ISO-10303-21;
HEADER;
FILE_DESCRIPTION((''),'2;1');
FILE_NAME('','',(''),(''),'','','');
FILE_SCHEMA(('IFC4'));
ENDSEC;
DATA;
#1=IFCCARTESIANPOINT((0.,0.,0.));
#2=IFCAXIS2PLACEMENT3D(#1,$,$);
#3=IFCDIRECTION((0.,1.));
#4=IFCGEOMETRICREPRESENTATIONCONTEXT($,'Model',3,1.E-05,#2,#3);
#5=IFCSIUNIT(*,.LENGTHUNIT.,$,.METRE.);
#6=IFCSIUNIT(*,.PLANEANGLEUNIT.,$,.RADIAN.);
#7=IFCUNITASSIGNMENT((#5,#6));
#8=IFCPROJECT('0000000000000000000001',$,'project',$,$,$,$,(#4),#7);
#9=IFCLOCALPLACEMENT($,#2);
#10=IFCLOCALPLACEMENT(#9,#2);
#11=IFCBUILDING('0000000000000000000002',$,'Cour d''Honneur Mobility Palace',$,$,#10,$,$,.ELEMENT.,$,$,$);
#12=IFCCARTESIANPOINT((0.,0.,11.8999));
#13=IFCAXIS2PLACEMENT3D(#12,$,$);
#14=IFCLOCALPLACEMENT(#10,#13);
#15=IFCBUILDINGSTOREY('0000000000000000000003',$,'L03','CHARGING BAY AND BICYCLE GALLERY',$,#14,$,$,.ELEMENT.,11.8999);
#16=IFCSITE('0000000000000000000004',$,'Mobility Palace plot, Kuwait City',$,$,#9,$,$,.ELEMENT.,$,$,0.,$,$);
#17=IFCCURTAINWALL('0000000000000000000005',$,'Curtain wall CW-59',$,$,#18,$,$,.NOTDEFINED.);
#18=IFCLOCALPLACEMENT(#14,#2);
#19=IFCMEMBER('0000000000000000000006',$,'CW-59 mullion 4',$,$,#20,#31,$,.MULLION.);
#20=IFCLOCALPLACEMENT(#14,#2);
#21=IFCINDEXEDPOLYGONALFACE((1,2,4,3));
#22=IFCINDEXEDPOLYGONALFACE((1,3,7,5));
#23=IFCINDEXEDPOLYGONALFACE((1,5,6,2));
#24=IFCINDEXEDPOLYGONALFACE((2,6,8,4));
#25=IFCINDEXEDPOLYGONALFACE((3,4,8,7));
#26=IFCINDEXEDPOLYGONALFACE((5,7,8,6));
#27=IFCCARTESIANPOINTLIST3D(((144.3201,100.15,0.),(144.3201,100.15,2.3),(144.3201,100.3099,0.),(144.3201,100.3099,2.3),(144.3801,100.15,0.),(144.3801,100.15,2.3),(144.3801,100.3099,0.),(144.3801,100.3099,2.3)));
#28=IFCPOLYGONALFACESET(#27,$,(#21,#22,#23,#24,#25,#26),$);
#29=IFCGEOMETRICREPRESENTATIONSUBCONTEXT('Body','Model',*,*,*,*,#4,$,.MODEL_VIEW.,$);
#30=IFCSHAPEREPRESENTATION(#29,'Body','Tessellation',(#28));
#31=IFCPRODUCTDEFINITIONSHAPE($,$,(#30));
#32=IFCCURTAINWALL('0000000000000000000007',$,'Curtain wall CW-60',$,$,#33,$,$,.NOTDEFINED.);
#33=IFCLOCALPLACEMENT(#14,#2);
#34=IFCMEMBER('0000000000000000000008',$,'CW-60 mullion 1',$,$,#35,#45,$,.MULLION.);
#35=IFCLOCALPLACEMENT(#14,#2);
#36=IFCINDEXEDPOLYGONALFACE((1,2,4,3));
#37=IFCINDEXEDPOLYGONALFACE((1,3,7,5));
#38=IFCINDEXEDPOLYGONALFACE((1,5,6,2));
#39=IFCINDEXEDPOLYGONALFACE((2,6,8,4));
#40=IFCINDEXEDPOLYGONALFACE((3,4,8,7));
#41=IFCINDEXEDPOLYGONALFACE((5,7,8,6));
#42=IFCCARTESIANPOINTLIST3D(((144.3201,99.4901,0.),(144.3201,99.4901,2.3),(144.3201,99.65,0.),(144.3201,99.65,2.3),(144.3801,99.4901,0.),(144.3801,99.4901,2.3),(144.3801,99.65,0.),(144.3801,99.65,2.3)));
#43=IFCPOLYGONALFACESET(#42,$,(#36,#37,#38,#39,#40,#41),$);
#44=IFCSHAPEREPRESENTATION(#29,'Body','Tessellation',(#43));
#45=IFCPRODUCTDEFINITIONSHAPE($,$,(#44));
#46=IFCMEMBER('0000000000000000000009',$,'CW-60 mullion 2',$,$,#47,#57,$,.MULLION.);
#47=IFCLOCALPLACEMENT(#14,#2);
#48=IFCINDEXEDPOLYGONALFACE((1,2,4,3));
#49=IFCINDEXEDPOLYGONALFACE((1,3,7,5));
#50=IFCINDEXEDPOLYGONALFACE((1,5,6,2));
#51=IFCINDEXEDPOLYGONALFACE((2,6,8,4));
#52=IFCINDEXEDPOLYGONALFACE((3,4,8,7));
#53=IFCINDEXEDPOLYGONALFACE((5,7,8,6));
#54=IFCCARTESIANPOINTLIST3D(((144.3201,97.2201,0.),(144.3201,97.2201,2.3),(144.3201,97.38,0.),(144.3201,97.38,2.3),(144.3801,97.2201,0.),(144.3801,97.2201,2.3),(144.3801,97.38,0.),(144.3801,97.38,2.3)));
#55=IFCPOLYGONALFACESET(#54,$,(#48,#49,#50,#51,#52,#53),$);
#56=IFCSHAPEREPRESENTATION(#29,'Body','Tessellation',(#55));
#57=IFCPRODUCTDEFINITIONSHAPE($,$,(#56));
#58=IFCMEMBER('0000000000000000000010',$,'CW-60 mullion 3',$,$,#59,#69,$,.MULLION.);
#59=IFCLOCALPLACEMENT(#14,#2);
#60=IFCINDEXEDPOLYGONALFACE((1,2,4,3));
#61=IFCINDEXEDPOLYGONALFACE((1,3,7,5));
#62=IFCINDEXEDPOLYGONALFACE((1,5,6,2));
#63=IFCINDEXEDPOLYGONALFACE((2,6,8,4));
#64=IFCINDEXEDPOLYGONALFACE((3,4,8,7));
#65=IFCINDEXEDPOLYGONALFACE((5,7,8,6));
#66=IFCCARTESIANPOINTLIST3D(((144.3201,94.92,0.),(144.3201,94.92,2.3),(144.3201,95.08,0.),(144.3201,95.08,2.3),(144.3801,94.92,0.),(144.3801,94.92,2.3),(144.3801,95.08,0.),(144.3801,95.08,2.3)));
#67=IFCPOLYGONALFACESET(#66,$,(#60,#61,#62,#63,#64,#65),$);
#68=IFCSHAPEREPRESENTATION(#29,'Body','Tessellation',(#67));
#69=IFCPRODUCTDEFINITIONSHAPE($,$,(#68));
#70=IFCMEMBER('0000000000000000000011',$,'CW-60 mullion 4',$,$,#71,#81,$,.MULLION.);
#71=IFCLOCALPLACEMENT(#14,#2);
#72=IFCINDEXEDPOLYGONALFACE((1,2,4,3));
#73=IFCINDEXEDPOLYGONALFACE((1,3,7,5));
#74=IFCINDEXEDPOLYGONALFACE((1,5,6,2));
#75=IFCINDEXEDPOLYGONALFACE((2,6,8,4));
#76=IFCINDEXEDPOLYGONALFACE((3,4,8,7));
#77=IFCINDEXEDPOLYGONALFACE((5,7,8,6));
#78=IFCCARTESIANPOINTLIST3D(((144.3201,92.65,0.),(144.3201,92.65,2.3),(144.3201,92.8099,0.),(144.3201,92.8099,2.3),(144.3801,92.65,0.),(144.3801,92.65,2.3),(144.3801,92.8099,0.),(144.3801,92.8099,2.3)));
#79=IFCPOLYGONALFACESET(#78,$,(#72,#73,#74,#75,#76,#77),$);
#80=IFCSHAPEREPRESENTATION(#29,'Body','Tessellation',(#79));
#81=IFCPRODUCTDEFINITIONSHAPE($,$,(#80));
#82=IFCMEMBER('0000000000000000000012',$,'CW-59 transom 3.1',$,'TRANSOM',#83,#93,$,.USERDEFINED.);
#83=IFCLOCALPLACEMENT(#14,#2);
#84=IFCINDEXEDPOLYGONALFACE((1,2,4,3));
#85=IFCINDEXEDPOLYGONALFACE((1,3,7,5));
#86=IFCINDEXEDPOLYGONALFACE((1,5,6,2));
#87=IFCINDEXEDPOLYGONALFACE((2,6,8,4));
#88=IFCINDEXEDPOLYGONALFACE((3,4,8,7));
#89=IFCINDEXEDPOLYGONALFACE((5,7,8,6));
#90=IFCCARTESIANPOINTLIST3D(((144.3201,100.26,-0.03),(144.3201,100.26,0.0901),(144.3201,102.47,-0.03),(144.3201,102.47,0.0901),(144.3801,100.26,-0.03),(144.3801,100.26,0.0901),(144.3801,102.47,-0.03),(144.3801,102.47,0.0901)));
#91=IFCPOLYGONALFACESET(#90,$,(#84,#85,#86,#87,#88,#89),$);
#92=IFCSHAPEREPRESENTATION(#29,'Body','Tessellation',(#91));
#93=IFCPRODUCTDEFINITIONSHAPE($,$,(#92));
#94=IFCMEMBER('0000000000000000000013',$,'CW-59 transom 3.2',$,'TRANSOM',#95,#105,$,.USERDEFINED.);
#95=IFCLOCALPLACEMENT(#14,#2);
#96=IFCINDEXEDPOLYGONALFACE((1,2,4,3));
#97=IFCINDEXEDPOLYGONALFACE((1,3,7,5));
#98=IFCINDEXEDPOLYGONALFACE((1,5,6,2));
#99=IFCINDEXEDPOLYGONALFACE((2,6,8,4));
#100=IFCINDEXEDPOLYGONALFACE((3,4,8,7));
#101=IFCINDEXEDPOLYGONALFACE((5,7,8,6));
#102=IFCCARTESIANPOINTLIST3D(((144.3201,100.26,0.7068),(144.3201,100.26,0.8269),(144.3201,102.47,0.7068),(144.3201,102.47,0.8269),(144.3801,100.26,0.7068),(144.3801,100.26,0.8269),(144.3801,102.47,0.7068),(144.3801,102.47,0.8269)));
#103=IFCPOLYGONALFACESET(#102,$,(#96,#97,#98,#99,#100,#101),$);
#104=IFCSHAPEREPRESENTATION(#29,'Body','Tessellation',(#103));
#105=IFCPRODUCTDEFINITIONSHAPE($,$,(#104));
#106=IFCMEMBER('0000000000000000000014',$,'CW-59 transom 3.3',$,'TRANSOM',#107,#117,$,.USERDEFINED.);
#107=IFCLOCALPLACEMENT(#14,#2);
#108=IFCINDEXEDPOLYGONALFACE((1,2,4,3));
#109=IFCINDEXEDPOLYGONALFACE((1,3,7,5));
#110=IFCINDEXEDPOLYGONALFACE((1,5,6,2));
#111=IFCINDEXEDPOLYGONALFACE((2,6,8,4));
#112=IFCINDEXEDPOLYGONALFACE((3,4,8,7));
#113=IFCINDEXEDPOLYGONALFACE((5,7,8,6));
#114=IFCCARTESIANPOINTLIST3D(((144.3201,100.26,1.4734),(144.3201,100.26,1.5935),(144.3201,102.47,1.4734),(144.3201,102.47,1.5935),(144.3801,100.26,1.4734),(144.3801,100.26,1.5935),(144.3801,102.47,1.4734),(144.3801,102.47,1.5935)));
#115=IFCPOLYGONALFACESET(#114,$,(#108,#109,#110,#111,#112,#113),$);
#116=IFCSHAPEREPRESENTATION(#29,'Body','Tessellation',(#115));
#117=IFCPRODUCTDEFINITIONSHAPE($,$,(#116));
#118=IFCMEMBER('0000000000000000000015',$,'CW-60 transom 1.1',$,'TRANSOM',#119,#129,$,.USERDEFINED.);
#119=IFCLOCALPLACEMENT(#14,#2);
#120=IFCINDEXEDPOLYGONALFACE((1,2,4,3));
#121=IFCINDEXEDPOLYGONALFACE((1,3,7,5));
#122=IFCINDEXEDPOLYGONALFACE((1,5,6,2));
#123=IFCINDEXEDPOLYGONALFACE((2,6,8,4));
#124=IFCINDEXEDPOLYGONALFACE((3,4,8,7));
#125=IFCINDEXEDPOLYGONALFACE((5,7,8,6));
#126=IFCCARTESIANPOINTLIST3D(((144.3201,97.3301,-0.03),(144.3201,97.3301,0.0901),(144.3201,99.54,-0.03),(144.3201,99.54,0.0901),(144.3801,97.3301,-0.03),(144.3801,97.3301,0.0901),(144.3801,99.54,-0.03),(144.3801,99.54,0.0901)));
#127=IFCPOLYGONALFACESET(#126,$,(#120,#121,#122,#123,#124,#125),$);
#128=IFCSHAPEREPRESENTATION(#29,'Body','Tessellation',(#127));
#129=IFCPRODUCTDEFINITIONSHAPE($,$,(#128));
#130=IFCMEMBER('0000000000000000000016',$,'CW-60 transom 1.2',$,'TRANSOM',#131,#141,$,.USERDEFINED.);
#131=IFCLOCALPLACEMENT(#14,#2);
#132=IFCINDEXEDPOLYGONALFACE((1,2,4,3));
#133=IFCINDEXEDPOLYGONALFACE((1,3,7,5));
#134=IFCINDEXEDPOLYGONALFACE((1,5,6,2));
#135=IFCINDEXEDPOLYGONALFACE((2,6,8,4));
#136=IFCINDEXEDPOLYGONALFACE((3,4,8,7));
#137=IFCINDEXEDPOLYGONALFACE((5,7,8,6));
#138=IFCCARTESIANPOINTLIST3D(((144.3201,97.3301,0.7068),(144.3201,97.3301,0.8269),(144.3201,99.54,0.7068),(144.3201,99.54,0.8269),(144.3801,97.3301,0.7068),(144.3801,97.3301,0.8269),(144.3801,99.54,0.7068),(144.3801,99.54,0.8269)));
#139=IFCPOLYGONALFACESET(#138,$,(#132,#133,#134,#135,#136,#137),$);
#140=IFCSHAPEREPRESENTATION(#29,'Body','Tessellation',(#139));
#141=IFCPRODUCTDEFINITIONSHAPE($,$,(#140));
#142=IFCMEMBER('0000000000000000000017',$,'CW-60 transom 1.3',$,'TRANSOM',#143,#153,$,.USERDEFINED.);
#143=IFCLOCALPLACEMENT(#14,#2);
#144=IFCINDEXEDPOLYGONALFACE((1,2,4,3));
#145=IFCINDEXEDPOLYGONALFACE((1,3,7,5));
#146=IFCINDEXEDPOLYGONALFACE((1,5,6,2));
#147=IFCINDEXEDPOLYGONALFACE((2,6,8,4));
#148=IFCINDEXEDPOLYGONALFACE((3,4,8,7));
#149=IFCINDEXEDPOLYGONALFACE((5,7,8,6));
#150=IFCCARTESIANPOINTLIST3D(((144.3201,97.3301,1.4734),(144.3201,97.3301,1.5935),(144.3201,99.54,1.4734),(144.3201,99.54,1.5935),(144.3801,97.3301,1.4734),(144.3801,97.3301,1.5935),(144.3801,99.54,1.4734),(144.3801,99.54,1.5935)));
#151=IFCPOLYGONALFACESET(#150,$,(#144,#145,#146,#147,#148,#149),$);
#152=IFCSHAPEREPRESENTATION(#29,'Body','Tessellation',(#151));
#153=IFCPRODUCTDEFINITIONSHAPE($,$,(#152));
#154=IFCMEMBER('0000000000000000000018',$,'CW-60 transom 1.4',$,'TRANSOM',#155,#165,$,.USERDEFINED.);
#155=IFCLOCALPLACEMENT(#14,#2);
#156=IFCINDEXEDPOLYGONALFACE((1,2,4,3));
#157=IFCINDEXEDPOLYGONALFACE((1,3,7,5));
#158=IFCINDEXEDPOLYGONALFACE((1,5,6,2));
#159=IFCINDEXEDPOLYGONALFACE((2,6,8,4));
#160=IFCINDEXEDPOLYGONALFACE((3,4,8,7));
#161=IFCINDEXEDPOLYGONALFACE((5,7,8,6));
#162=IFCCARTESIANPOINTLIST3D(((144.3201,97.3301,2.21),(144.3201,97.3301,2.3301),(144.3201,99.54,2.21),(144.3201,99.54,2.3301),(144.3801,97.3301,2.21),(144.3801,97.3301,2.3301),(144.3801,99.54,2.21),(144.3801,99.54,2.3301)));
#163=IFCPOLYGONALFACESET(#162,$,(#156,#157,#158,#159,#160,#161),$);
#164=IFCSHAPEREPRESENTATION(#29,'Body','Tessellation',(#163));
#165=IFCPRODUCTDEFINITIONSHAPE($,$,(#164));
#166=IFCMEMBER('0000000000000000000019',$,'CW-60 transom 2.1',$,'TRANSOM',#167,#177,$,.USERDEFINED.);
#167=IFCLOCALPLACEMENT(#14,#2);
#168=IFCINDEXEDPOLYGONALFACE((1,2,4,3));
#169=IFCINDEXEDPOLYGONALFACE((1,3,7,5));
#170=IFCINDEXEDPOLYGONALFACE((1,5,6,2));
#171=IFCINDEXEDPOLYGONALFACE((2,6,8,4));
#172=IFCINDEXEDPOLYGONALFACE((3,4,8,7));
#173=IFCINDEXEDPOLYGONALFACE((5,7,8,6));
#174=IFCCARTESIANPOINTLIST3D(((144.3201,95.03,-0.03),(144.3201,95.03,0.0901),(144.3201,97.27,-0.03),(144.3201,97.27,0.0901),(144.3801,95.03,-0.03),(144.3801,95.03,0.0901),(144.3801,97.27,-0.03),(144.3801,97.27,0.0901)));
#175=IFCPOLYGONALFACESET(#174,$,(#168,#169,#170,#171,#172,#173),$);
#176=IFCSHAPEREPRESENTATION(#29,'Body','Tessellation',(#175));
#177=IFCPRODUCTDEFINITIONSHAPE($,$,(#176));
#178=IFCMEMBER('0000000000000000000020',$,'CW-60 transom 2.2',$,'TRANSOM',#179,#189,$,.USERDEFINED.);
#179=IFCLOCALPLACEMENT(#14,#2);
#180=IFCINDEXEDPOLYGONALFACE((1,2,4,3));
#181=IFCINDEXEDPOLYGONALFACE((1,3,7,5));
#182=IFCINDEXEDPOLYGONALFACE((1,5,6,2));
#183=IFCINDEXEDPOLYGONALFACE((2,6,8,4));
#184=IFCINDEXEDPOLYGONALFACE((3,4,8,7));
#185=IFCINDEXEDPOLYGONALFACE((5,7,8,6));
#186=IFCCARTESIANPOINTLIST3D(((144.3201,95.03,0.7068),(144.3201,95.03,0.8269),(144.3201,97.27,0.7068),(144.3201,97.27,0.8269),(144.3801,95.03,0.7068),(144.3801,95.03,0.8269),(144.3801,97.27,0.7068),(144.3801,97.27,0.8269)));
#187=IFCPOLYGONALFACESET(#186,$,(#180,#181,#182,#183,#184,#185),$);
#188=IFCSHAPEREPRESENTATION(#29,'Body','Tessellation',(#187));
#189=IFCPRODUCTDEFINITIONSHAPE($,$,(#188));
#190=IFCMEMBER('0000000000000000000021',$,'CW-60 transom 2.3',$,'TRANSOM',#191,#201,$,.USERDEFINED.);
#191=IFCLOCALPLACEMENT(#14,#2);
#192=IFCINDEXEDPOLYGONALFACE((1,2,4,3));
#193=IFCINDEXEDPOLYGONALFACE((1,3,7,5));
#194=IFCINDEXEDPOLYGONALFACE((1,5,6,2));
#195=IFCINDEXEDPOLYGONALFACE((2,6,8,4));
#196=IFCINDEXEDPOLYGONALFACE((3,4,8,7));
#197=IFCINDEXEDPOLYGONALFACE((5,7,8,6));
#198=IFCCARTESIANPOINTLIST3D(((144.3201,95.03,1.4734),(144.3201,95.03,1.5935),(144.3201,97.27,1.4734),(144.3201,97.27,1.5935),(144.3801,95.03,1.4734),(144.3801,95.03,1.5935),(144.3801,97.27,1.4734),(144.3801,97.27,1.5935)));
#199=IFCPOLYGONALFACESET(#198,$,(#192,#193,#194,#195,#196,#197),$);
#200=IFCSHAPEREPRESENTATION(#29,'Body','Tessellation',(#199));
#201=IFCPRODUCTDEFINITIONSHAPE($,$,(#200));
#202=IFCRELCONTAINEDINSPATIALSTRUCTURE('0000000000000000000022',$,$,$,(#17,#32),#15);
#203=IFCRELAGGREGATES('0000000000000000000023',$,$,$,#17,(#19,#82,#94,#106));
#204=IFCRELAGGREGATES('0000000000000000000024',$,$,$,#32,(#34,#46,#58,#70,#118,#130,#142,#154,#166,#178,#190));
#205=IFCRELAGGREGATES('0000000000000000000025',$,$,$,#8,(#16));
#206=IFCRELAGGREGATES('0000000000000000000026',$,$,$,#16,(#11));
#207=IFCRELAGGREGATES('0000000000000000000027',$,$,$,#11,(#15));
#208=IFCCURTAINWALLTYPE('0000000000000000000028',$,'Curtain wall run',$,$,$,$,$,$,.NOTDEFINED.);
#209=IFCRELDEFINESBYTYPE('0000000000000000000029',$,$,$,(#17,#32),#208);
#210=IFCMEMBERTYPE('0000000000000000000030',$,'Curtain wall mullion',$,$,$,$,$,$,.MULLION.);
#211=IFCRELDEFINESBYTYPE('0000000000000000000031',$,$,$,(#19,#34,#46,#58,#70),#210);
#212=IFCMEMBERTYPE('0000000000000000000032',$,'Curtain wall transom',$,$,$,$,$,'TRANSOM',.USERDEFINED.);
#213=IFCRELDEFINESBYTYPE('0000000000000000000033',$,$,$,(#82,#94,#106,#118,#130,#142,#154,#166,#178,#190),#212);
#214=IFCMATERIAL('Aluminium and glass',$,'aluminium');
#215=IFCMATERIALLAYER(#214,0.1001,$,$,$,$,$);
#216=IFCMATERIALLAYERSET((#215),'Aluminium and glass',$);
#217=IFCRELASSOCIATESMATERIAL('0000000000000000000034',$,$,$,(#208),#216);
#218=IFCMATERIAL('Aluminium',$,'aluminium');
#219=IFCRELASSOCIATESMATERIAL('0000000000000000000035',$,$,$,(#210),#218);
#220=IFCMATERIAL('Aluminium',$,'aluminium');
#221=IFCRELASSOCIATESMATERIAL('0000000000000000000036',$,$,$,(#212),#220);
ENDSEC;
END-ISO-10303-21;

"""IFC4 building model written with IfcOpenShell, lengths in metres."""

from ifc_helpers import new_model, si_unit, direction, frame, origin, origin_2d, place, context, subcontext, project, spatial, rectangle, extrude, material, layer, layer_set, material_profile, profile_set, type_object, element, aggregate, save


model = new_model("IFC4")

# Units and contexts
model_context = context("Model", 3, precision=1e-05, world=origin(), true_north=direction((0.0, 1.0)))
body_context = subcontext(model_context, "Body", "Model", "MODEL_VIEW")
ifc_project = project(units=[si_unit("LENGTHUNIT", "METRE"), si_unit("PLANEANGLEUNIT", "RADIAN")], contexts=[model_context])

# Site, building, storey
site_placement = place(None, origin())
site = spatial("IfcSite", under=ifc_project, at=site_placement, Name="Mobility Palace plot, Kuwait City", CompositionType="ELEMENT", RefElevation=0.0)
building_placement = place(site_placement, origin())
building = spatial("IfcBuilding", under=site, at=building_placement, Name="Cour d'Honneur Mobility Palace", CompositionType="ELEMENT")
storey_placement = place(building_placement, frame((0.0, 0.0, 11.8999)))
storey = spatial("IfcBuildingStorey", under=building, at=storey_placement, Name="L03", Description="CHARGING BAY AND BICYCLE GALLERY", CompositionType="ELEMENT", Elevation=11.8999)

# Curtain wall, member
ifc_material_1 = material(Name="Aluminium and glass", Category="aluminium")
ifc_layer_1 = layer(ifc_material_1, 0.1001)
ifc_layer_set_1 = layer_set([ifc_layer_1], Name="Aluminium and glass")
curtain_wall_type = type_object("IfcCurtainWallType", Name="Curtain wall run", PredefinedType="NOTDEFINED", material=ifc_layer_set_1)
curtain_wall_1_placement = place(storey_placement, origin())
curtain_wall_1 = element("IfcCurtainWall", 1, at=curtain_wall_1_placement, inside=storey, type_object=curtain_wall_type, Name="Curtain wall CW-59", PredefinedType="NOTDEFINED")
ifc_material_2 = material(Name="Aluminium", Category="aluminium")
ifc_material_profile_1 = material_profile(ifc_material_2, rectangle(XDim=0.0601, YDim=0.1599, at=origin_2d()), Name="Curtain wall mullion")
ifc_profile_set_1 = profile_set([ifc_material_profile_1], Name="Aluminium")
member_type_1 = type_object("IfcMemberType", Name="Curtain wall mullion", PredefinedType="MULLION", material=ifc_profile_set_1)
member_1_placement = place(storey_placement, frame((144.3501, 100.23, 0.0), z_axis=(0.0, 0.0, 1.0), x_axis=(1.0, 0.0, 0.0)))
member_1 = element("IfcMember", 2, at=member_1_placement, type_object=member_type_1, Name="CW-59 mullion 4", PredefinedType="MULLION", context=body_context, shape_type="SweptSolid", body=[
    extrude(rectangle(XDim=0.0601, YDim=0.1599, at=origin_2d()), origin(), (0.0, 0.0, 1.0), 2.3),
])

# Curtain wall, members
curtain_wall_2_placement = place(storey_placement, origin())
curtain_wall_2 = element("IfcCurtainWall", 3, at=curtain_wall_2_placement, inside=storey, type_object=curtain_wall_type, Name="Curtain wall CW-60", PredefinedType="NOTDEFINED")
member_2_placement = place(storey_placement, frame((144.3501, 99.5701, 0.0), z_axis=(0.0, 0.0, 1.0), x_axis=(1.0, 0.0, 0.0)))
member_2 = element("IfcMember", 4, at=member_2_placement, type_object=member_type_1, Name="CW-60 mullion 1", PredefinedType="MULLION", context=body_context, shape_type="SweptSolid", body=[
    extrude(rectangle(XDim=0.0601, YDim=0.1599, at=origin_2d()), origin(), (0.0, 0.0, 1.0), 2.3),
])
member_3_placement = place(storey_placement, frame((144.3501, 97.3, 0.0), z_axis=(0.0, 0.0, 1.0), x_axis=(1.0, 0.0, 0.0)))
member_3 = element("IfcMember", 5, at=member_3_placement, type_object=member_type_1, Name="CW-60 mullion 2", PredefinedType="MULLION", context=body_context, shape_type="SweptSolid", body=[
    extrude(rectangle(XDim=0.0601, YDim=0.1599, at=origin_2d()), origin(), (0.0, 0.0, 1.0), 2.3),
])
member_4_placement = place(storey_placement, frame((144.3501, 95.0, 0.0), z_axis=(0.0, 0.0, 1.0), x_axis=(1.0, 0.0, 0.0)))
member_4 = element("IfcMember", 6, at=member_4_placement, type_object=member_type_1, Name="CW-60 mullion 3", PredefinedType="MULLION", context=body_context, shape_type="SweptSolid", body=[
    extrude(rectangle(XDim=0.0601, YDim=0.1599, at=origin_2d()), origin(), (0.0, 0.0, 1.0), 2.3),
])
member_5_placement = place(storey_placement, frame((144.3501, 92.73, 0.0), z_axis=(0.0, 0.0, 1.0), x_axis=(1.0, 0.0, 0.0)))
member_5 = element("IfcMember", 7, at=member_5_placement, type_object=member_type_1, Name="CW-60 mullion 4", PredefinedType="MULLION", context=body_context, shape_type="SweptSolid", body=[
    extrude(rectangle(XDim=0.0601, YDim=0.1599, at=origin_2d()), origin(), (0.0, 0.0, 1.0), 2.3),
])

# Members
ifc_material_3 = material(Name="Aluminium", Category="aluminium")
ifc_material_profile_2 = material_profile(ifc_material_3, rectangle(XDim=0.0601, YDim=0.1201, at=origin_2d()), Name="Curtain wall transom")
ifc_profile_set_2 = profile_set([ifc_material_profile_2], Name="Aluminium")
member_type_2 = type_object("IfcMemberType", Name="Curtain wall transom", ElementType="TRANSOM", PredefinedType="USERDEFINED", material=ifc_profile_set_2)
member_6_placement = place(storey_placement, frame((144.3501, 102.47, 0.03), z_axis=(0.0, -1.0, 0.0), x_axis=(1.0, 0.0, 0.0)))
member_6 = element("IfcMember", 8, at=member_6_placement, type_object=member_type_2, Name="CW-59 transom 3.1", ObjectType="TRANSOM", PredefinedType="USERDEFINED", context=body_context, shape_type="SweptSolid", body=[
    extrude(rectangle(XDim=0.0601, YDim=0.1201, at=origin_2d()), origin(), (0.0, 0.0, 1.0), 2.21),
])
member_7_placement = place(storey_placement, frame((144.3501, 102.47, 0.7668), z_axis=(0.0, -1.0, 0.0), x_axis=(1.0, 0.0, 0.0)))
member_7 = element("IfcMember", 9, at=member_7_placement, type_object=member_type_2, Name="CW-59 transom 3.2", ObjectType="TRANSOM", PredefinedType="USERDEFINED", context=body_context, shape_type="SweptSolid", body=[
    extrude(rectangle(XDim=0.0601, YDim=0.1201, at=origin_2d()), origin(), (0.0, 0.0, 1.0), 2.21),
])
member_8_placement = place(storey_placement, frame((144.3501, 102.47, 1.5334), z_axis=(0.0, -1.0, 0.0), x_axis=(1.0, 0.0, 0.0)))
member_8 = element("IfcMember", 10, at=member_8_placement, type_object=member_type_2, Name="CW-59 transom 3.3", ObjectType="TRANSOM", PredefinedType="USERDEFINED", context=body_context, shape_type="SweptSolid", body=[
    extrude(rectangle(XDim=0.0601, YDim=0.1201, at=origin_2d()), origin(), (0.0, 0.0, 1.0), 2.21),
])
member_9_placement = place(storey_placement, frame((144.3501, 99.54, 0.03), z_axis=(0.0, -1.0, 0.0), x_axis=(1.0, 0.0, 0.0)))
member_9 = element("IfcMember", 11, at=member_9_placement, type_object=member_type_2, Name="CW-60 transom 1.1", ObjectType="TRANSOM", PredefinedType="USERDEFINED", context=body_context, shape_type="SweptSolid", body=[
    extrude(rectangle(XDim=0.0601, YDim=0.1201, at=origin_2d()), origin(), (0.0, 0.0, 1.0), 2.21),
])
member_10_placement = place(storey_placement, frame((144.3501, 99.54, 0.7668), z_axis=(0.0, -1.0, 0.0), x_axis=(1.0, 0.0, 0.0)))
member_10 = element("IfcMember", 12, at=member_10_placement, type_object=member_type_2, Name="CW-60 transom 1.2", ObjectType="TRANSOM", PredefinedType="USERDEFINED", context=body_context, shape_type="SweptSolid", body=[
    extrude(rectangle(XDim=0.0601, YDim=0.1201, at=origin_2d()), origin(), (0.0, 0.0, 1.0), 2.21),
])
member_11_placement = place(storey_placement, frame((144.3501, 99.54, 1.5334), z_axis=(0.0, -1.0, 0.0), x_axis=(1.0, 0.0, 0.0)))
member_11 = element("IfcMember", 13, at=member_11_placement, type_object=member_type_2, Name="CW-60 transom 1.3", ObjectType="TRANSOM", PredefinedType="USERDEFINED", context=body_context, shape_type="SweptSolid", body=[
    extrude(rectangle(XDim=0.0601, YDim=0.1201, at=origin_2d()), origin(), (0.0, 0.0, 1.0), 2.21),
])
member_12_placement = place(storey_placement, frame((144.3501, 99.54, 2.27), z_axis=(0.0, -1.0, 0.0), x_axis=(1.0, 0.0, 0.0)))
member_12 = element("IfcMember", 14, at=member_12_placement, type_object=member_type_2, Name="CW-60 transom 1.4", ObjectType="TRANSOM", PredefinedType="USERDEFINED", context=body_context, shape_type="SweptSolid", body=[
    extrude(rectangle(XDim=0.0601, YDim=0.1201, at=origin_2d()), origin(), (0.0, 0.0, 1.0), 2.21),
])
member_13_placement = place(storey_placement, frame((144.3501, 97.27, 0.03), z_axis=(0.0, -1.0, 0.0), x_axis=(1.0, 0.0, 0.0)))
member_13 = element("IfcMember", 15, at=member_13_placement, type_object=member_type_2, Name="CW-60 transom 2.1", ObjectType="TRANSOM", PredefinedType="USERDEFINED", context=body_context, shape_type="SweptSolid", body=[
    extrude(rectangle(XDim=0.0601, YDim=0.1201, at=origin_2d()), origin(), (0.0, 0.0, 1.0), 2.24),
])
member_14_placement = place(storey_placement, frame((144.3501, 97.27, 0.7668), z_axis=(0.0, -1.0, 0.0), x_axis=(1.0, 0.0, 0.0)))
member_14 = element("IfcMember", 16, at=member_14_placement, type_object=member_type_2, Name="CW-60 transom 2.2", ObjectType="TRANSOM", PredefinedType="USERDEFINED", context=body_context, shape_type="SweptSolid", body=[
    extrude(rectangle(XDim=0.0601, YDim=0.1201, at=origin_2d()), origin(), (0.0, 0.0, 1.0), 2.24),
])
member_15_placement = place(storey_placement, frame((144.3501, 97.27, 1.5334), z_axis=(0.0, -1.0, 0.0), x_axis=(1.0, 0.0, 0.0)))
member_15 = element("IfcMember", 17, at=member_15_placement, type_object=member_type_2, Name="CW-60 transom 2.3", ObjectType="TRANSOM", PredefinedType="USERDEFINED", context=body_context, shape_type="SweptSolid", body=[
    extrude(rectangle(XDim=0.0601, YDim=0.1201, at=origin_2d()), origin(), (0.0, 0.0, 1.0), 2.24),
])

aggregate(curtain_wall_1, [member_1, member_6, member_7, member_8])
aggregate(curtain_wall_2, [member_2, member_3, member_4, member_5, member_9, member_10, member_11, member_12, member_13, member_14, member_15])

save(model, "model.ifc")
